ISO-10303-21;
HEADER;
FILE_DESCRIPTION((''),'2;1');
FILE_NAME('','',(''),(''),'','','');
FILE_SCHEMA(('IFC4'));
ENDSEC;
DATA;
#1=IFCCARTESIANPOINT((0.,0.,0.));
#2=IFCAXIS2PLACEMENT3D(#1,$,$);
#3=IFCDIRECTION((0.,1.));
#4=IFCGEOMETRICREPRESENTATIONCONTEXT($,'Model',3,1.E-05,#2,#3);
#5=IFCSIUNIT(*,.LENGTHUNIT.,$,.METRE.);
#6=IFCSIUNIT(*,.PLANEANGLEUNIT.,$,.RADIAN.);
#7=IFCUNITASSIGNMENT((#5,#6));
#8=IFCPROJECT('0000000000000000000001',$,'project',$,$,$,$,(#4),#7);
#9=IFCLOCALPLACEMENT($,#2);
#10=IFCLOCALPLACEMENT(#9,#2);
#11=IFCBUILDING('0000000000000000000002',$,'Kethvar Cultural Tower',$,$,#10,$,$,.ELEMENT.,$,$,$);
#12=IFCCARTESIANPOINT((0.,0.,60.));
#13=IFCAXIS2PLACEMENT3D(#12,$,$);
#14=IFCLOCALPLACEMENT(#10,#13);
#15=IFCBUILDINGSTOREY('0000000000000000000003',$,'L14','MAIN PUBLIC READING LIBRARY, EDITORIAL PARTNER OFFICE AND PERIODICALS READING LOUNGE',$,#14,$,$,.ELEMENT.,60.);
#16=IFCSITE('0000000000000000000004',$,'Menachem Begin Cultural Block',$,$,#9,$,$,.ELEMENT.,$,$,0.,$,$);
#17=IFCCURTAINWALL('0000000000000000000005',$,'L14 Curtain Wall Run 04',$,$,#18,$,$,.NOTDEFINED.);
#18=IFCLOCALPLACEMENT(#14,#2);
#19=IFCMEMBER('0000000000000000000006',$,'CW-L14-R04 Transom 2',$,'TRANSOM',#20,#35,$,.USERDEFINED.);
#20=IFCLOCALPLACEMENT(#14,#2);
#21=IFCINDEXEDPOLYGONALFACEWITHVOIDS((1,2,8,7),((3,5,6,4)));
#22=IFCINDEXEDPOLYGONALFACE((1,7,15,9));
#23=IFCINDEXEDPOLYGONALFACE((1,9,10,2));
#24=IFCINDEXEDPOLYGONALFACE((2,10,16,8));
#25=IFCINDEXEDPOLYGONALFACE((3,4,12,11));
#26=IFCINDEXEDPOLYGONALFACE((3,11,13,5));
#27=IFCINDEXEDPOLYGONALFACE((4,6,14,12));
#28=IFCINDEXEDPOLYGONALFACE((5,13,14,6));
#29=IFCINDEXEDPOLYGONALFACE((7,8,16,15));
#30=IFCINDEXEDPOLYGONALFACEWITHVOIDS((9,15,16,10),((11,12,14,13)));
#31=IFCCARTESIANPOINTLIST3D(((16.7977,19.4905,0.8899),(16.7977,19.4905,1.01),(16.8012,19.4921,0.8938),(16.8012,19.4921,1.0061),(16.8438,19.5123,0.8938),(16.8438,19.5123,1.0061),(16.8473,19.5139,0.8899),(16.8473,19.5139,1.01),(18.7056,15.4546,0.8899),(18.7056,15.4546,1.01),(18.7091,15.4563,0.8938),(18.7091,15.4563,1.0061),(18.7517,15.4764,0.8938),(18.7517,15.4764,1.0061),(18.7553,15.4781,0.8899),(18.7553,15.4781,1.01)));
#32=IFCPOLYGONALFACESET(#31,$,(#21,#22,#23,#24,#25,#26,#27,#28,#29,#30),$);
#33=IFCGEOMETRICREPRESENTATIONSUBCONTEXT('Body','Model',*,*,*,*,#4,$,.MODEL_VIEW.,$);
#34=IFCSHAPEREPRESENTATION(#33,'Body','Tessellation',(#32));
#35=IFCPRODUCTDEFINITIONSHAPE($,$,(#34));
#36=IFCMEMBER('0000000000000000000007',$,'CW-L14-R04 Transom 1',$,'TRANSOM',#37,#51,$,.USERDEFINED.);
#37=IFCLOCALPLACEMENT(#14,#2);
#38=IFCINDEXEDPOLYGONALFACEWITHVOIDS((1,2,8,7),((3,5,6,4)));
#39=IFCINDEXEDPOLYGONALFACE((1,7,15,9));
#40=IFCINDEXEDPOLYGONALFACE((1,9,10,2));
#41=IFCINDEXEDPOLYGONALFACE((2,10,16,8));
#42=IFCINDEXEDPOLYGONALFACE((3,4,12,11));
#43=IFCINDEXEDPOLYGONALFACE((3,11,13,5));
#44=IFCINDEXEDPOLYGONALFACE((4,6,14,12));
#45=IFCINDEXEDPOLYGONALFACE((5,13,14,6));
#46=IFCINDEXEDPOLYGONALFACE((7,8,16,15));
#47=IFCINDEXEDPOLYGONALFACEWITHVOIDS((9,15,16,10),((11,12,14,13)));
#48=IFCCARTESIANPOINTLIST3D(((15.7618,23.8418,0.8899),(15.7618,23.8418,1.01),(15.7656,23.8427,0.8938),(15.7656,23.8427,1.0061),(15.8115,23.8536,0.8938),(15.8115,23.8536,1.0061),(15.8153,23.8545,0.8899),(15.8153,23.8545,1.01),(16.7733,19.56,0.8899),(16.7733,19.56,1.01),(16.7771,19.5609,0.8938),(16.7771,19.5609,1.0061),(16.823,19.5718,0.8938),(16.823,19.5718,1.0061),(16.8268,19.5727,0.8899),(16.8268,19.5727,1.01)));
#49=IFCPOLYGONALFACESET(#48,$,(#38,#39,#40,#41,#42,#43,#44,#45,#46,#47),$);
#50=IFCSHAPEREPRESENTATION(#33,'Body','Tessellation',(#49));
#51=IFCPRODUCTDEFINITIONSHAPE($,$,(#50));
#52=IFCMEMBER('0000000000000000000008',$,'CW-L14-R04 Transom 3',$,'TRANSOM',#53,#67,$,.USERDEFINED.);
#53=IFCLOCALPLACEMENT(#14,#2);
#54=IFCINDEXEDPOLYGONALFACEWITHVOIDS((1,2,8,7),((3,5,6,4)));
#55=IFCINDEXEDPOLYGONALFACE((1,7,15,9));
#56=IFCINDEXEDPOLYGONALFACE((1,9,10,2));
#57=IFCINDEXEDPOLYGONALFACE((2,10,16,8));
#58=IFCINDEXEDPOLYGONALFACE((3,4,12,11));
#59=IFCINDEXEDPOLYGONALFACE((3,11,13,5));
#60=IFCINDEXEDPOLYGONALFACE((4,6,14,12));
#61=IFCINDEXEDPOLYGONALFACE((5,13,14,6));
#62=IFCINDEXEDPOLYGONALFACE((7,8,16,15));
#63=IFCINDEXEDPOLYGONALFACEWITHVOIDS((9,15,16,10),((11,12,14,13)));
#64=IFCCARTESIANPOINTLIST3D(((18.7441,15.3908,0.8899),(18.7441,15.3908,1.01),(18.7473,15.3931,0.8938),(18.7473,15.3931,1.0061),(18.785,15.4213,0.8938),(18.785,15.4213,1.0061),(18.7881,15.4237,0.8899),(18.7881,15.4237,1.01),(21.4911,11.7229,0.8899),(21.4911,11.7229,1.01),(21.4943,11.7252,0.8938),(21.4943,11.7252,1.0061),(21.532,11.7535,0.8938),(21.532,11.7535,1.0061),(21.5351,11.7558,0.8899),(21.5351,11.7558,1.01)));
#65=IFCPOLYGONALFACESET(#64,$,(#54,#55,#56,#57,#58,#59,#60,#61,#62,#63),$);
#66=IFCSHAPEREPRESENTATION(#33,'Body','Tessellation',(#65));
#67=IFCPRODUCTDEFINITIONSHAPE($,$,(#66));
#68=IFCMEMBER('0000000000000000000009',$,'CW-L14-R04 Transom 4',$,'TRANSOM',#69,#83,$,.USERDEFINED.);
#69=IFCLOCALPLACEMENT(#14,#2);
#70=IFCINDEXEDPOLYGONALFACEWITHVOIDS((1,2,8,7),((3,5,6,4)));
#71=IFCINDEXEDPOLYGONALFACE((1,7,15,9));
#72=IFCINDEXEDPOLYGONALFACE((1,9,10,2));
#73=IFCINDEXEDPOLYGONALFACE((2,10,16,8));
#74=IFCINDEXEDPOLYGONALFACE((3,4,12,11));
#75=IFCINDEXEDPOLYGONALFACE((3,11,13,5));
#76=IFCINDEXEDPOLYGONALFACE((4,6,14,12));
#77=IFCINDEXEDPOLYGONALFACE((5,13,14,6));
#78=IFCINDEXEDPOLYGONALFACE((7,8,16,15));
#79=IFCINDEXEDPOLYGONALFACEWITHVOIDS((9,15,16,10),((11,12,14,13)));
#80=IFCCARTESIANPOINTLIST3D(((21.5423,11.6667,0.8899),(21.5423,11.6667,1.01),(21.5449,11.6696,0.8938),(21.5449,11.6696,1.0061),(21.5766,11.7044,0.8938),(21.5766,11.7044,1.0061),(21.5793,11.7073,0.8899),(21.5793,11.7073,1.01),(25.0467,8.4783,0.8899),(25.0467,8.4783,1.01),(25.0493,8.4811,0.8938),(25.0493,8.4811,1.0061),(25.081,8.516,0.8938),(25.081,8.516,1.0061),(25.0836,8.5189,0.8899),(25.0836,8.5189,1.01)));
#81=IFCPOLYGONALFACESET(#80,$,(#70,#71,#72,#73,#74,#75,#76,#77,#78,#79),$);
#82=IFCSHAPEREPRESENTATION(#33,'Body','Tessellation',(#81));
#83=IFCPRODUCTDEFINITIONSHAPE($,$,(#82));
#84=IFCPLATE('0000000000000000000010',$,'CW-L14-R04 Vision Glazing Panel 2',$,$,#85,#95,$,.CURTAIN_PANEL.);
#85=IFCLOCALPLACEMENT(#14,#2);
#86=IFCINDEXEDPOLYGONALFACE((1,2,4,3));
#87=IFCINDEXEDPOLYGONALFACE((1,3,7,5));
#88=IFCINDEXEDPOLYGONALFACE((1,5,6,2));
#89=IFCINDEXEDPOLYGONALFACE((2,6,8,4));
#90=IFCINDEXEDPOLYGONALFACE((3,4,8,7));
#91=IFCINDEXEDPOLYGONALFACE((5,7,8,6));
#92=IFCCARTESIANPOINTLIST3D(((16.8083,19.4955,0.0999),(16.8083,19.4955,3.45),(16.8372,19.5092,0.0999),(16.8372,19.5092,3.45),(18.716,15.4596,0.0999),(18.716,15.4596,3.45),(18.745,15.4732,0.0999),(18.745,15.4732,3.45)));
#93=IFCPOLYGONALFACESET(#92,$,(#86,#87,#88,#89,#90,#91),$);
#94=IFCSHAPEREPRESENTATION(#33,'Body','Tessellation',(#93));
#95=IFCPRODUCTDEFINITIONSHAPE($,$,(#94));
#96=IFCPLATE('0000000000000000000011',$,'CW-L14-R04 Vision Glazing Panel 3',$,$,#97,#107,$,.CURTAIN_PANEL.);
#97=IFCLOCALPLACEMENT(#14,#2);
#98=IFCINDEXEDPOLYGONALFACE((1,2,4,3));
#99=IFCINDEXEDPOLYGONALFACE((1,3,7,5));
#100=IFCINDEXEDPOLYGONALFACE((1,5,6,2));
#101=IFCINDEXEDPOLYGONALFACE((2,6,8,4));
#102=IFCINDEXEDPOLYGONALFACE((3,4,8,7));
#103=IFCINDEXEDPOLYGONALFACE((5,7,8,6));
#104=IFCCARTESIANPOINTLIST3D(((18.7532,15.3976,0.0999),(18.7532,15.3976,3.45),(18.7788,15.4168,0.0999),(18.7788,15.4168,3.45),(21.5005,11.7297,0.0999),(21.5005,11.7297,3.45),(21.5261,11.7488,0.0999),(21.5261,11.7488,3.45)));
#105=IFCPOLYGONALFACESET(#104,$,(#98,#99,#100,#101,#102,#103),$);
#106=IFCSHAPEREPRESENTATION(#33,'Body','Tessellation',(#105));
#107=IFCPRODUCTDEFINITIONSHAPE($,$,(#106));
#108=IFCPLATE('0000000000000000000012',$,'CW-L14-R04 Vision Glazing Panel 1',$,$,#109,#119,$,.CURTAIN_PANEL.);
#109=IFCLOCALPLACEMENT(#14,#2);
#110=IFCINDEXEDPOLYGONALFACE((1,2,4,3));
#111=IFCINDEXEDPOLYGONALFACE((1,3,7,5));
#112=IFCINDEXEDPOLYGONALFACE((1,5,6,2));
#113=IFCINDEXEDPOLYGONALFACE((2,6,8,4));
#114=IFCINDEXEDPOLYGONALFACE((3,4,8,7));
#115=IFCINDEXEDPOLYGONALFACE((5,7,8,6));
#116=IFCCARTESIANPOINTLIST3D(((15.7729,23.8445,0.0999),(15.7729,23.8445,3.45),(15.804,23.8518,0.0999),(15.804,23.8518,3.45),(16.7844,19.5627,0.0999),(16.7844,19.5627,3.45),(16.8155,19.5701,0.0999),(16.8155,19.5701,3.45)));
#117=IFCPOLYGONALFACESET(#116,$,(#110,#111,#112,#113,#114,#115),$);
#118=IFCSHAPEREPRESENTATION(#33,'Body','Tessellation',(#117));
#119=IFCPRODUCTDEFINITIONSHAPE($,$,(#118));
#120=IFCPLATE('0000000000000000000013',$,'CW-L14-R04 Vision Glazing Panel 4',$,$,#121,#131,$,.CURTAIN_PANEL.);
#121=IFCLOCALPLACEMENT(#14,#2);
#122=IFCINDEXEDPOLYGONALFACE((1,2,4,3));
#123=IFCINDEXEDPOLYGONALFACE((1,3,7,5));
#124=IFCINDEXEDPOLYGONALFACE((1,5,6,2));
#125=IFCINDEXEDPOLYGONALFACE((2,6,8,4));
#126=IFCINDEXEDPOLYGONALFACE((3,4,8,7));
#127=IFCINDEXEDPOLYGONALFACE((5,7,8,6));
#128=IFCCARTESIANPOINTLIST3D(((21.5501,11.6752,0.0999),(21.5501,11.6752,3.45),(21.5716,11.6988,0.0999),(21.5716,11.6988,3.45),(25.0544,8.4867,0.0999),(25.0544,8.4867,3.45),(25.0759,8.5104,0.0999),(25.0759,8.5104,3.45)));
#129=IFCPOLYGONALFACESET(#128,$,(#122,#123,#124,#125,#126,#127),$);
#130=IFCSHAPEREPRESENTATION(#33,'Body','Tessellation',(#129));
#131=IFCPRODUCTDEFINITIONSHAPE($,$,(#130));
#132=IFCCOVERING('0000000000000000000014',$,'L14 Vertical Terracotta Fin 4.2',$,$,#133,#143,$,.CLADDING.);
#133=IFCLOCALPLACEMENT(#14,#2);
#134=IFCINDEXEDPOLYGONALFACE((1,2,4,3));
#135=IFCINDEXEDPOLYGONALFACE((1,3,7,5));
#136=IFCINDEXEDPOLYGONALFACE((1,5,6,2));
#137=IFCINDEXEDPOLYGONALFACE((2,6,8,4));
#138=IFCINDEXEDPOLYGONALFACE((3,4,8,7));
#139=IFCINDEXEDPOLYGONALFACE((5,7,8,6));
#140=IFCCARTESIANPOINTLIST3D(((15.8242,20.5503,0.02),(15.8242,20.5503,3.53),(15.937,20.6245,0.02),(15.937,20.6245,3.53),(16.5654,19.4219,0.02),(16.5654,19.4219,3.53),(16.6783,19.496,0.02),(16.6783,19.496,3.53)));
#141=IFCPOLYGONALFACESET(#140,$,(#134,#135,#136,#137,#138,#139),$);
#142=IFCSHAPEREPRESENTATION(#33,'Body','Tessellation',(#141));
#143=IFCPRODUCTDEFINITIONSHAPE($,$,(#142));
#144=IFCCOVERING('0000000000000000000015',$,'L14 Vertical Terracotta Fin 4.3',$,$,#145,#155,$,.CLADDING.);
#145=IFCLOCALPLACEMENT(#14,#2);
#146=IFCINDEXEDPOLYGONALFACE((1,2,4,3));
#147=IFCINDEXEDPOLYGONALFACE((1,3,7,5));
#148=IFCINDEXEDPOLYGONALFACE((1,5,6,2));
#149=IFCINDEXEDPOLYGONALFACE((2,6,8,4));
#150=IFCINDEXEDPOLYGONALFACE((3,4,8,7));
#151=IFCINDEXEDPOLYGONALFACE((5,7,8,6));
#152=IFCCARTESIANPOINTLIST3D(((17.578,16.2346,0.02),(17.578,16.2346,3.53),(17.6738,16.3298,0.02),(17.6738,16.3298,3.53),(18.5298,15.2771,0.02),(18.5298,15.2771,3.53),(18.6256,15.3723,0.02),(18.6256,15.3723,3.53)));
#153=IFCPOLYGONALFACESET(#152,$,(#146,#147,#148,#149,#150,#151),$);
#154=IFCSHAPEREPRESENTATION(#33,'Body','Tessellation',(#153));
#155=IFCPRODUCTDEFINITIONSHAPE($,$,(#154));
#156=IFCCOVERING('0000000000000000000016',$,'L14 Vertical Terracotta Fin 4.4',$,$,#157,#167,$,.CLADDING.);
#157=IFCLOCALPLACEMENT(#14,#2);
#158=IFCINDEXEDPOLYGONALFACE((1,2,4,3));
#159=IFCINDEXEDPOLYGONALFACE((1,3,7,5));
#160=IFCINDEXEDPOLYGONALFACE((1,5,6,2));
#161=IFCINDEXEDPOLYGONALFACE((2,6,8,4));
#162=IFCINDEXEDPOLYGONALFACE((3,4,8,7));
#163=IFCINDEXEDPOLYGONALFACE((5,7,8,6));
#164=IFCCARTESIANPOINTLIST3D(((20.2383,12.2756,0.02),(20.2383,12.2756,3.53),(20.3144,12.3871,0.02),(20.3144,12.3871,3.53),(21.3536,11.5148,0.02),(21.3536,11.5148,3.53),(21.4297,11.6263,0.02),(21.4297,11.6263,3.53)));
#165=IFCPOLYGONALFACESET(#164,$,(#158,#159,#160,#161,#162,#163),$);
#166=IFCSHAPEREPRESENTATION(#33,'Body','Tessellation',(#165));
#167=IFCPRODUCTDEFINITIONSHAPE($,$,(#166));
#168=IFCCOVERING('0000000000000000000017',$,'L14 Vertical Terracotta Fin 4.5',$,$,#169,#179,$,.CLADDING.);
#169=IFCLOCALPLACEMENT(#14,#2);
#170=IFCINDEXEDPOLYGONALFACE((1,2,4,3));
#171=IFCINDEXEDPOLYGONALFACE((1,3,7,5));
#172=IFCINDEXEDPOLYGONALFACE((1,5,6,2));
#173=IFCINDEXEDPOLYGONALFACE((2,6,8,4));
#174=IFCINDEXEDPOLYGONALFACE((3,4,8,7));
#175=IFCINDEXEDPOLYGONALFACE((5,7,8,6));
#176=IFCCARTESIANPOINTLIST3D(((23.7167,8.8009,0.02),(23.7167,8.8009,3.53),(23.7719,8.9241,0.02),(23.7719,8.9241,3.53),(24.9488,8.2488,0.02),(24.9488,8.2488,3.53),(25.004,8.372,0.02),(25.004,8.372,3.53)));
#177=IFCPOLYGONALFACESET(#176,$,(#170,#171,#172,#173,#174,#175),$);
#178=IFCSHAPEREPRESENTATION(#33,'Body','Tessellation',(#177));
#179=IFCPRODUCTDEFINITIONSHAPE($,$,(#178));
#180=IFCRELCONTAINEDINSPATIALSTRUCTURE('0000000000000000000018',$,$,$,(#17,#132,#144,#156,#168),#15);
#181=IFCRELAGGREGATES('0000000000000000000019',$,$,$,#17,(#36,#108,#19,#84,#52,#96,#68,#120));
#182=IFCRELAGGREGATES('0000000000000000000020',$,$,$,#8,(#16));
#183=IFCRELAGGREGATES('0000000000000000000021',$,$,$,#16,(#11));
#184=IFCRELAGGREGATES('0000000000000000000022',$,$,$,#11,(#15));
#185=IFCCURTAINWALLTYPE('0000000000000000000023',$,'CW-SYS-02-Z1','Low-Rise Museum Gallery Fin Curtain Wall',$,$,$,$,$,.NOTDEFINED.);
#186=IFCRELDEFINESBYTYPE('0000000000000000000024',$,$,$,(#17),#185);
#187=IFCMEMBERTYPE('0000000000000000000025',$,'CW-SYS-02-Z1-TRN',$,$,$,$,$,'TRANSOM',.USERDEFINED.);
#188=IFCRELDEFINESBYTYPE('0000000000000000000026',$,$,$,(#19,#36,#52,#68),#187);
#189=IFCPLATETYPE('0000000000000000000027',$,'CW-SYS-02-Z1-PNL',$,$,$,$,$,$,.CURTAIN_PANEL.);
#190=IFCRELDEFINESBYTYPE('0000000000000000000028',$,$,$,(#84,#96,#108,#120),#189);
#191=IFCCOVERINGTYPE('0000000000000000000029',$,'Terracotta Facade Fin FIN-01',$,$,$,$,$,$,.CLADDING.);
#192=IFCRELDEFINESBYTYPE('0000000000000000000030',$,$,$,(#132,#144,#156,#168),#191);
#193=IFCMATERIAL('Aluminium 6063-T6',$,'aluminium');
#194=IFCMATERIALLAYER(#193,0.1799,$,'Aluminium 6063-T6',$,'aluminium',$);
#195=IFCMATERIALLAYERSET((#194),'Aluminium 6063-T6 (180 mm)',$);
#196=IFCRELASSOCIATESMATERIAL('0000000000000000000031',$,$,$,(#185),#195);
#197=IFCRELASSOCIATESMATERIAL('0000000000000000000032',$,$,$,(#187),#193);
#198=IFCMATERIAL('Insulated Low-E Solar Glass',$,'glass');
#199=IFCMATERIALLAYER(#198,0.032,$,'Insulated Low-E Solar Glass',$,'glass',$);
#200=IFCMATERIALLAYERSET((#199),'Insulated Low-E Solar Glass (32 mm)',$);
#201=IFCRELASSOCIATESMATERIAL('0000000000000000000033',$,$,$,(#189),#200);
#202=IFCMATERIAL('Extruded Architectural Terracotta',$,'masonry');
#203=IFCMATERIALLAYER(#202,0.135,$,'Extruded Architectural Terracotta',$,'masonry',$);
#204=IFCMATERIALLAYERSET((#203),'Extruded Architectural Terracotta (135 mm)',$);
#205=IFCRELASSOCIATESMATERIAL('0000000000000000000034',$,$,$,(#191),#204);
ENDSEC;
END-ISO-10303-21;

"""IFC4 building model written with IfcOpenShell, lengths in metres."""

from ifc_helpers import new_model, si_unit, direction, frame, origin, origin_2d, place, context, subcontext, project, spatial, rectangle, hollow_rectangle, extrude, source, transform, mapped, material, layer, layer_set, material_profile, profile_set, type_object, element, aggregate, save


model = new_model("IFC4")

# Units and contexts
model_context = context("Model", 3, precision=1e-05, world=origin(), true_north=direction((0.0, 1.0)))
body_context = subcontext(model_context, "Body", "Model", "MODEL_VIEW")
ifc_project = project(units=[si_unit("LENGTHUNIT", "METRE"), si_unit("PLANEANGLEUNIT", "RADIAN")], contexts=[model_context])

# Site, building, storey
site_placement = place(None, origin())
site = spatial("IfcSite", under=ifc_project, at=site_placement, Name="Menachem Begin Cultural Block", CompositionType="ELEMENT", RefElevation=0.0)
building_placement = place(site_placement, origin())
building = spatial("IfcBuilding", under=site, at=building_placement, Name="Kethvar Cultural Tower", CompositionType="ELEMENT")
storey_placement = place(building_placement, frame((0.0, 0.0, 60.0)))
storey = spatial("IfcBuildingStorey", under=building, at=storey_placement, Name="L14", Description="MAIN PUBLIC READING LIBRARY, EDITORIAL PARTNER OFFICE AND PERIODICALS READING LOUNGE", CompositionType="ELEMENT", Elevation=60.0)

# Shared definitions
ifc_material_1 = material(Name="Aluminium 6063-T6", Category="aluminium")
ifc_layer_1 = layer(ifc_material_1, 0.1799, Name="Aluminium 6063-T6", Category="aluminium")
ifc_layer_set_1 = layer_set([ifc_layer_1], Name="Aluminium 6063-T6 (180 mm)")
curtain_wall_type = type_object("IfcCurtainWallType", Name="CW-SYS-02-Z1", Description="Low-Rise Museum Gallery Fin Curtain Wall", PredefinedType="NOTDEFINED", material=ifc_layer_set_1)

# Curtain wall, members, plates
curtain_wall_1_placement = place(storey_placement, origin())
curtain_wall_1 = element("IfcCurtainWall", 1, at=curtain_wall_1_placement, inside=storey, type_object=curtain_wall_type, Name="L14 Curtain Wall Run 04", PredefinedType="NOTDEFINED")
ifc_material_profile_1 = material_profile(ifc_material_1, hollow_rectangle(XDim=0.0549, YDim=0.1201, WallThickness=0.0039, at=origin_2d()), Name="Aluminium 6063-T6 — RHS120x55x4")
ifc_profile_set_1 = profile_set([ifc_material_profile_1], Name="Aluminium 6063-T6 — RHS120x55x4")
member_type_1 = type_object("IfcMemberType", Name="CW-SYS-02-Z1-TRN", ElementType="TRANSOM", PredefinedType="USERDEFINED", material=ifc_profile_set_1)
shared_shape_1 = source(origin(), body_context, "Body", "SweptSolid", [
    extrude(hollow_rectangle(XDim=0.0549, YDim=0.1201, WallThickness=0.0039, at=origin_2d()), origin(), (0.0, 0.0, 1.0), 4.4641),
])
member_1_placement = place(storey_placement, frame((16.8225, 19.5022, 0.95), z_axis=(0.427395, -0.904065, 0.0), x_axis=(0.904065, 0.427395, 0.0)))
member_1 = element("IfcMember", 2, at=member_1_placement, type_object=member_type_1, Name="CW-L14-R04 Transom 2", ObjectType="TRANSOM", PredefinedType="USERDEFINED", context=body_context, shape_type="MappedRepresentation", body=[
    mapped(shared_shape_1, transform((0.0, 0.0, 0.0), scale=1.0)),
])
shared_shape_2 = source(origin(), body_context, "Body", "SweptSolid", [
    extrude(hollow_rectangle(XDim=0.0549, YDim=0.1201, WallThickness=0.0039, at=origin_2d()), origin(), (0.0, 0.0, 1.0), 4.3997),
])
member_2_placement = place(storey_placement, frame((15.7886, 23.8481, 0.95), z_axis=(0.229902, -0.973214, 0.0), x_axis=(0.973214, 0.229902, 0.0)))
member_2 = element("IfcMember", 3, at=member_2_placement, type_object=member_type_1, Name="CW-L14-R04 Transom 1", ObjectType="TRANSOM", PredefinedType="USERDEFINED", context=body_context, shape_type="MappedRepresentation", body=[
    mapped(shared_shape_2, transform((0.0, 0.0, 0.0), scale=1.0)),
])
shared_shape_3 = source(origin(), body_context, "Body", "SweptSolid", [
    extrude(hollow_rectangle(XDim=0.0549, YDim=0.1201, WallThickness=0.0039, at=origin_2d()), origin(), (0.0, 0.0, 1.0), 4.5825),
])
member_3_placement = place(storey_placement, frame((18.7661, 15.4072, 0.95), z_axis=(0.599454, -0.800409, 0.0), x_axis=(0.800409, 0.599454, 0.0)))
member_3 = element("IfcMember", 4, at=member_3_placement, type_object=member_type_1, Name="CW-L14-R04 Transom 3", ObjectType="TRANSOM", PredefinedType="USERDEFINED", context=body_context, shape_type="MappedRepresentation", body=[
    mapped(shared_shape_3, transform((0.0, 0.0, 0.0), scale=1.0)),
])
shared_shape_4 = source(origin(), body_context, "Body", "SweptSolid", [
    extrude(hollow_rectangle(XDim=0.0549, YDim=0.1201, WallThickness=0.0039, at=origin_2d()), origin(), (0.0, 0.0, 1.0), 4.7378),
])
member_4_placement = place(storey_placement, frame((21.5608, 11.687, 0.95), z_axis=(0.73966, -0.672981, 0.0), x_axis=(0.672981, 0.73966, 0.0)))
member_4 = element("IfcMember", 5, at=member_4_placement, type_object=member_type_1, Name="CW-L14-R04 Transom 4", ObjectType="TRANSOM", PredefinedType="USERDEFINED", context=body_context, shape_type="MappedRepresentation", body=[
    mapped(shared_shape_4, transform((0.0, 0.0, 0.0), scale=1.0)),
])
ifc_material_2 = material(Name="Insulated Low-E Solar Glass", Category="glass")
ifc_layer_2 = layer(ifc_material_2, 0.032, Name="Insulated Low-E Solar Glass", Category="glass")
ifc_layer_set_2 = layer_set([ifc_layer_2], Name="Insulated Low-E Solar Glass (32 mm)")
plate_type = type_object("IfcPlateType", Name="CW-SYS-02-Z1-PNL", PredefinedType="CURTAIN_PANEL", material=ifc_layer_set_2)
shared_shape_5 = source(origin(), body_context, "Body", "SweptSolid", [
    extrude(rectangle(XDim=4.4641, YDim=0.032, at=origin_2d()), origin(), (0.0, 0.0, 1.0), 3.3501),
])
plate_1_placement = place(storey_placement, frame((17.7766, 17.4844, 0.0999), z_axis=(0.0, 0.0, 1.0), x_axis=(0.427358, -0.904083, 0.0)))
plate_1 = element("IfcPlate", 6, at=plate_1_placement, type_object=plate_type, Name="CW-L14-R04 Vision Glazing Panel 2", PredefinedType="CURTAIN_PANEL", context=body_context, shape_type="MappedRepresentation", body=[
    mapped(shared_shape_5, transform((0.0, 0.0, 0.0), scale=1.0)),
])
shared_shape_6 = source(origin(), body_context, "Body", "SweptSolid", [
    extrude(rectangle(XDim=4.5828, YDim=0.032, at=origin_2d()), origin(), (0.0, 0.0, 1.0), 3.3501),
])
plate_2_placement = place(storey_placement, frame((20.1396, 13.5732, 0.0999), z_axis=(0.0, 0.0, 1.0), x_axis=(0.599485, -0.800386, 0.0)))
plate_2 = element("IfcPlate", 7, at=plate_2_placement, type_object=plate_type, Name="CW-L14-R04 Vision Glazing Panel 3", PredefinedType="CURTAIN_PANEL", context=body_context, shape_type="MappedRepresentation", body=[
    mapped(shared_shape_6, transform((0.0, 0.0, 0.0), scale=1.0)),
])
shared_shape_7 = source(origin(), body_context, "Body", "SweptSolid", [
    extrude(rectangle(XDim=4.3997, YDim=0.032, at=origin_2d()), origin(), (0.0, 0.0, 1.0), 3.3501),
])
plate_3_placement = place(storey_placement, frame((16.2942, 21.7073, 0.0999), z_axis=(0.0, 0.0, 1.0), x_axis=(0.229914, -0.973211, 0.0)))
plate_3 = element("IfcPlate", 8, at=plate_3_placement, type_object=plate_type, Name="CW-L14-R04 Vision Glazing Panel 1", PredefinedType="CURTAIN_PANEL", context=body_context, shape_type="MappedRepresentation", body=[
    mapped(shared_shape_7, transform((0.0, 0.0, 0.0), scale=1.0)),
])
shared_shape_8 = source(origin(), body_context, "Body", "SweptSolid", [
    extrude(rectangle(XDim=4.7378, YDim=0.032, at=origin_2d()), origin(), (0.0, 0.0, 1.0), 3.3501),
])
plate_4_placement = place(storey_placement, frame((23.313, 10.0928, 0.0999), z_axis=(0.0, 0.0, 1.0), x_axis=(0.739655, -0.672987, 0.0)))
plate_4 = element("IfcPlate", 9, at=plate_4_placement, type_object=plate_type, Name="CW-L14-R04 Vision Glazing Panel 4", PredefinedType="CURTAIN_PANEL", context=body_context, shape_type="MappedRepresentation", body=[
    mapped(shared_shape_8, transform((0.0, 0.0, 0.0), scale=1.0)),
])
aggregate(curtain_wall_1, [member_2, plate_3, member_1, plate_1, member_3, plate_2, member_4, plate_4])

# Coverings
ifc_material_3 = material(Name="Extruded Architectural Terracotta", Category="masonry")
ifc_layer_3 = layer(ifc_material_3, 0.135, Name="Extruded Architectural Terracotta", Category="masonry")
ifc_layer_set_3 = layer_set([ifc_layer_3], Name="Extruded Architectural Terracotta (135 mm)")
covering_type = type_object("IfcCoveringType", Name="Terracotta Facade Fin FIN-01", PredefinedType="CLADDING", material=ifc_layer_set_3)
shared_shape_9 = source(origin(), body_context, "Body", "SweptSolid", [
    extrude(rectangle(XDim=1.3501, YDim=0.135, at=origin_2d()), origin(), (0.0, 0.0, 1.0), 3.51),
])
for number, where, z_axis, x_axis, name in (
    (10, (16.2512, 20.0232, 0.02), (0.0, 0.0, 1.0), (-0.549023, 0.835807, 0.0), "L14 Vertical Terracotta Fin 4.2"),
    (11, (18.1018, 15.8035, 0.02), (0.0, 0.0, 1.0), (-0.705006, 0.709202, 0.0), "L14 Vertical Terracotta Fin 4.3"),
    (12, (20.834, 11.9509, 0.02), (0.0, 0.0, 1.0), (-0.826098, 0.563526, 0.0), "L14 Vertical Terracotta Fin 4.4"),
    (13, (24.3604, 8.5864, 0.02), (0.0, 0.0, 1.0), (-0.912549, 0.408968, 0.0), "L14 Vertical Terracotta Fin 4.5"),
):
    element("IfcCovering", number, at=place(storey_placement, frame(where, z_axis=z_axis, x_axis=x_axis)), inside=storey, type_object=covering_type, Name=name, PredefinedType="CLADDING", context=body_context, shape_type="MappedRepresentation", body=[
        mapped(shared_shape_9, transform((0.0, 0.0, 0.0), scale=1.0)),
    ])

save(model, "model.ifc")
